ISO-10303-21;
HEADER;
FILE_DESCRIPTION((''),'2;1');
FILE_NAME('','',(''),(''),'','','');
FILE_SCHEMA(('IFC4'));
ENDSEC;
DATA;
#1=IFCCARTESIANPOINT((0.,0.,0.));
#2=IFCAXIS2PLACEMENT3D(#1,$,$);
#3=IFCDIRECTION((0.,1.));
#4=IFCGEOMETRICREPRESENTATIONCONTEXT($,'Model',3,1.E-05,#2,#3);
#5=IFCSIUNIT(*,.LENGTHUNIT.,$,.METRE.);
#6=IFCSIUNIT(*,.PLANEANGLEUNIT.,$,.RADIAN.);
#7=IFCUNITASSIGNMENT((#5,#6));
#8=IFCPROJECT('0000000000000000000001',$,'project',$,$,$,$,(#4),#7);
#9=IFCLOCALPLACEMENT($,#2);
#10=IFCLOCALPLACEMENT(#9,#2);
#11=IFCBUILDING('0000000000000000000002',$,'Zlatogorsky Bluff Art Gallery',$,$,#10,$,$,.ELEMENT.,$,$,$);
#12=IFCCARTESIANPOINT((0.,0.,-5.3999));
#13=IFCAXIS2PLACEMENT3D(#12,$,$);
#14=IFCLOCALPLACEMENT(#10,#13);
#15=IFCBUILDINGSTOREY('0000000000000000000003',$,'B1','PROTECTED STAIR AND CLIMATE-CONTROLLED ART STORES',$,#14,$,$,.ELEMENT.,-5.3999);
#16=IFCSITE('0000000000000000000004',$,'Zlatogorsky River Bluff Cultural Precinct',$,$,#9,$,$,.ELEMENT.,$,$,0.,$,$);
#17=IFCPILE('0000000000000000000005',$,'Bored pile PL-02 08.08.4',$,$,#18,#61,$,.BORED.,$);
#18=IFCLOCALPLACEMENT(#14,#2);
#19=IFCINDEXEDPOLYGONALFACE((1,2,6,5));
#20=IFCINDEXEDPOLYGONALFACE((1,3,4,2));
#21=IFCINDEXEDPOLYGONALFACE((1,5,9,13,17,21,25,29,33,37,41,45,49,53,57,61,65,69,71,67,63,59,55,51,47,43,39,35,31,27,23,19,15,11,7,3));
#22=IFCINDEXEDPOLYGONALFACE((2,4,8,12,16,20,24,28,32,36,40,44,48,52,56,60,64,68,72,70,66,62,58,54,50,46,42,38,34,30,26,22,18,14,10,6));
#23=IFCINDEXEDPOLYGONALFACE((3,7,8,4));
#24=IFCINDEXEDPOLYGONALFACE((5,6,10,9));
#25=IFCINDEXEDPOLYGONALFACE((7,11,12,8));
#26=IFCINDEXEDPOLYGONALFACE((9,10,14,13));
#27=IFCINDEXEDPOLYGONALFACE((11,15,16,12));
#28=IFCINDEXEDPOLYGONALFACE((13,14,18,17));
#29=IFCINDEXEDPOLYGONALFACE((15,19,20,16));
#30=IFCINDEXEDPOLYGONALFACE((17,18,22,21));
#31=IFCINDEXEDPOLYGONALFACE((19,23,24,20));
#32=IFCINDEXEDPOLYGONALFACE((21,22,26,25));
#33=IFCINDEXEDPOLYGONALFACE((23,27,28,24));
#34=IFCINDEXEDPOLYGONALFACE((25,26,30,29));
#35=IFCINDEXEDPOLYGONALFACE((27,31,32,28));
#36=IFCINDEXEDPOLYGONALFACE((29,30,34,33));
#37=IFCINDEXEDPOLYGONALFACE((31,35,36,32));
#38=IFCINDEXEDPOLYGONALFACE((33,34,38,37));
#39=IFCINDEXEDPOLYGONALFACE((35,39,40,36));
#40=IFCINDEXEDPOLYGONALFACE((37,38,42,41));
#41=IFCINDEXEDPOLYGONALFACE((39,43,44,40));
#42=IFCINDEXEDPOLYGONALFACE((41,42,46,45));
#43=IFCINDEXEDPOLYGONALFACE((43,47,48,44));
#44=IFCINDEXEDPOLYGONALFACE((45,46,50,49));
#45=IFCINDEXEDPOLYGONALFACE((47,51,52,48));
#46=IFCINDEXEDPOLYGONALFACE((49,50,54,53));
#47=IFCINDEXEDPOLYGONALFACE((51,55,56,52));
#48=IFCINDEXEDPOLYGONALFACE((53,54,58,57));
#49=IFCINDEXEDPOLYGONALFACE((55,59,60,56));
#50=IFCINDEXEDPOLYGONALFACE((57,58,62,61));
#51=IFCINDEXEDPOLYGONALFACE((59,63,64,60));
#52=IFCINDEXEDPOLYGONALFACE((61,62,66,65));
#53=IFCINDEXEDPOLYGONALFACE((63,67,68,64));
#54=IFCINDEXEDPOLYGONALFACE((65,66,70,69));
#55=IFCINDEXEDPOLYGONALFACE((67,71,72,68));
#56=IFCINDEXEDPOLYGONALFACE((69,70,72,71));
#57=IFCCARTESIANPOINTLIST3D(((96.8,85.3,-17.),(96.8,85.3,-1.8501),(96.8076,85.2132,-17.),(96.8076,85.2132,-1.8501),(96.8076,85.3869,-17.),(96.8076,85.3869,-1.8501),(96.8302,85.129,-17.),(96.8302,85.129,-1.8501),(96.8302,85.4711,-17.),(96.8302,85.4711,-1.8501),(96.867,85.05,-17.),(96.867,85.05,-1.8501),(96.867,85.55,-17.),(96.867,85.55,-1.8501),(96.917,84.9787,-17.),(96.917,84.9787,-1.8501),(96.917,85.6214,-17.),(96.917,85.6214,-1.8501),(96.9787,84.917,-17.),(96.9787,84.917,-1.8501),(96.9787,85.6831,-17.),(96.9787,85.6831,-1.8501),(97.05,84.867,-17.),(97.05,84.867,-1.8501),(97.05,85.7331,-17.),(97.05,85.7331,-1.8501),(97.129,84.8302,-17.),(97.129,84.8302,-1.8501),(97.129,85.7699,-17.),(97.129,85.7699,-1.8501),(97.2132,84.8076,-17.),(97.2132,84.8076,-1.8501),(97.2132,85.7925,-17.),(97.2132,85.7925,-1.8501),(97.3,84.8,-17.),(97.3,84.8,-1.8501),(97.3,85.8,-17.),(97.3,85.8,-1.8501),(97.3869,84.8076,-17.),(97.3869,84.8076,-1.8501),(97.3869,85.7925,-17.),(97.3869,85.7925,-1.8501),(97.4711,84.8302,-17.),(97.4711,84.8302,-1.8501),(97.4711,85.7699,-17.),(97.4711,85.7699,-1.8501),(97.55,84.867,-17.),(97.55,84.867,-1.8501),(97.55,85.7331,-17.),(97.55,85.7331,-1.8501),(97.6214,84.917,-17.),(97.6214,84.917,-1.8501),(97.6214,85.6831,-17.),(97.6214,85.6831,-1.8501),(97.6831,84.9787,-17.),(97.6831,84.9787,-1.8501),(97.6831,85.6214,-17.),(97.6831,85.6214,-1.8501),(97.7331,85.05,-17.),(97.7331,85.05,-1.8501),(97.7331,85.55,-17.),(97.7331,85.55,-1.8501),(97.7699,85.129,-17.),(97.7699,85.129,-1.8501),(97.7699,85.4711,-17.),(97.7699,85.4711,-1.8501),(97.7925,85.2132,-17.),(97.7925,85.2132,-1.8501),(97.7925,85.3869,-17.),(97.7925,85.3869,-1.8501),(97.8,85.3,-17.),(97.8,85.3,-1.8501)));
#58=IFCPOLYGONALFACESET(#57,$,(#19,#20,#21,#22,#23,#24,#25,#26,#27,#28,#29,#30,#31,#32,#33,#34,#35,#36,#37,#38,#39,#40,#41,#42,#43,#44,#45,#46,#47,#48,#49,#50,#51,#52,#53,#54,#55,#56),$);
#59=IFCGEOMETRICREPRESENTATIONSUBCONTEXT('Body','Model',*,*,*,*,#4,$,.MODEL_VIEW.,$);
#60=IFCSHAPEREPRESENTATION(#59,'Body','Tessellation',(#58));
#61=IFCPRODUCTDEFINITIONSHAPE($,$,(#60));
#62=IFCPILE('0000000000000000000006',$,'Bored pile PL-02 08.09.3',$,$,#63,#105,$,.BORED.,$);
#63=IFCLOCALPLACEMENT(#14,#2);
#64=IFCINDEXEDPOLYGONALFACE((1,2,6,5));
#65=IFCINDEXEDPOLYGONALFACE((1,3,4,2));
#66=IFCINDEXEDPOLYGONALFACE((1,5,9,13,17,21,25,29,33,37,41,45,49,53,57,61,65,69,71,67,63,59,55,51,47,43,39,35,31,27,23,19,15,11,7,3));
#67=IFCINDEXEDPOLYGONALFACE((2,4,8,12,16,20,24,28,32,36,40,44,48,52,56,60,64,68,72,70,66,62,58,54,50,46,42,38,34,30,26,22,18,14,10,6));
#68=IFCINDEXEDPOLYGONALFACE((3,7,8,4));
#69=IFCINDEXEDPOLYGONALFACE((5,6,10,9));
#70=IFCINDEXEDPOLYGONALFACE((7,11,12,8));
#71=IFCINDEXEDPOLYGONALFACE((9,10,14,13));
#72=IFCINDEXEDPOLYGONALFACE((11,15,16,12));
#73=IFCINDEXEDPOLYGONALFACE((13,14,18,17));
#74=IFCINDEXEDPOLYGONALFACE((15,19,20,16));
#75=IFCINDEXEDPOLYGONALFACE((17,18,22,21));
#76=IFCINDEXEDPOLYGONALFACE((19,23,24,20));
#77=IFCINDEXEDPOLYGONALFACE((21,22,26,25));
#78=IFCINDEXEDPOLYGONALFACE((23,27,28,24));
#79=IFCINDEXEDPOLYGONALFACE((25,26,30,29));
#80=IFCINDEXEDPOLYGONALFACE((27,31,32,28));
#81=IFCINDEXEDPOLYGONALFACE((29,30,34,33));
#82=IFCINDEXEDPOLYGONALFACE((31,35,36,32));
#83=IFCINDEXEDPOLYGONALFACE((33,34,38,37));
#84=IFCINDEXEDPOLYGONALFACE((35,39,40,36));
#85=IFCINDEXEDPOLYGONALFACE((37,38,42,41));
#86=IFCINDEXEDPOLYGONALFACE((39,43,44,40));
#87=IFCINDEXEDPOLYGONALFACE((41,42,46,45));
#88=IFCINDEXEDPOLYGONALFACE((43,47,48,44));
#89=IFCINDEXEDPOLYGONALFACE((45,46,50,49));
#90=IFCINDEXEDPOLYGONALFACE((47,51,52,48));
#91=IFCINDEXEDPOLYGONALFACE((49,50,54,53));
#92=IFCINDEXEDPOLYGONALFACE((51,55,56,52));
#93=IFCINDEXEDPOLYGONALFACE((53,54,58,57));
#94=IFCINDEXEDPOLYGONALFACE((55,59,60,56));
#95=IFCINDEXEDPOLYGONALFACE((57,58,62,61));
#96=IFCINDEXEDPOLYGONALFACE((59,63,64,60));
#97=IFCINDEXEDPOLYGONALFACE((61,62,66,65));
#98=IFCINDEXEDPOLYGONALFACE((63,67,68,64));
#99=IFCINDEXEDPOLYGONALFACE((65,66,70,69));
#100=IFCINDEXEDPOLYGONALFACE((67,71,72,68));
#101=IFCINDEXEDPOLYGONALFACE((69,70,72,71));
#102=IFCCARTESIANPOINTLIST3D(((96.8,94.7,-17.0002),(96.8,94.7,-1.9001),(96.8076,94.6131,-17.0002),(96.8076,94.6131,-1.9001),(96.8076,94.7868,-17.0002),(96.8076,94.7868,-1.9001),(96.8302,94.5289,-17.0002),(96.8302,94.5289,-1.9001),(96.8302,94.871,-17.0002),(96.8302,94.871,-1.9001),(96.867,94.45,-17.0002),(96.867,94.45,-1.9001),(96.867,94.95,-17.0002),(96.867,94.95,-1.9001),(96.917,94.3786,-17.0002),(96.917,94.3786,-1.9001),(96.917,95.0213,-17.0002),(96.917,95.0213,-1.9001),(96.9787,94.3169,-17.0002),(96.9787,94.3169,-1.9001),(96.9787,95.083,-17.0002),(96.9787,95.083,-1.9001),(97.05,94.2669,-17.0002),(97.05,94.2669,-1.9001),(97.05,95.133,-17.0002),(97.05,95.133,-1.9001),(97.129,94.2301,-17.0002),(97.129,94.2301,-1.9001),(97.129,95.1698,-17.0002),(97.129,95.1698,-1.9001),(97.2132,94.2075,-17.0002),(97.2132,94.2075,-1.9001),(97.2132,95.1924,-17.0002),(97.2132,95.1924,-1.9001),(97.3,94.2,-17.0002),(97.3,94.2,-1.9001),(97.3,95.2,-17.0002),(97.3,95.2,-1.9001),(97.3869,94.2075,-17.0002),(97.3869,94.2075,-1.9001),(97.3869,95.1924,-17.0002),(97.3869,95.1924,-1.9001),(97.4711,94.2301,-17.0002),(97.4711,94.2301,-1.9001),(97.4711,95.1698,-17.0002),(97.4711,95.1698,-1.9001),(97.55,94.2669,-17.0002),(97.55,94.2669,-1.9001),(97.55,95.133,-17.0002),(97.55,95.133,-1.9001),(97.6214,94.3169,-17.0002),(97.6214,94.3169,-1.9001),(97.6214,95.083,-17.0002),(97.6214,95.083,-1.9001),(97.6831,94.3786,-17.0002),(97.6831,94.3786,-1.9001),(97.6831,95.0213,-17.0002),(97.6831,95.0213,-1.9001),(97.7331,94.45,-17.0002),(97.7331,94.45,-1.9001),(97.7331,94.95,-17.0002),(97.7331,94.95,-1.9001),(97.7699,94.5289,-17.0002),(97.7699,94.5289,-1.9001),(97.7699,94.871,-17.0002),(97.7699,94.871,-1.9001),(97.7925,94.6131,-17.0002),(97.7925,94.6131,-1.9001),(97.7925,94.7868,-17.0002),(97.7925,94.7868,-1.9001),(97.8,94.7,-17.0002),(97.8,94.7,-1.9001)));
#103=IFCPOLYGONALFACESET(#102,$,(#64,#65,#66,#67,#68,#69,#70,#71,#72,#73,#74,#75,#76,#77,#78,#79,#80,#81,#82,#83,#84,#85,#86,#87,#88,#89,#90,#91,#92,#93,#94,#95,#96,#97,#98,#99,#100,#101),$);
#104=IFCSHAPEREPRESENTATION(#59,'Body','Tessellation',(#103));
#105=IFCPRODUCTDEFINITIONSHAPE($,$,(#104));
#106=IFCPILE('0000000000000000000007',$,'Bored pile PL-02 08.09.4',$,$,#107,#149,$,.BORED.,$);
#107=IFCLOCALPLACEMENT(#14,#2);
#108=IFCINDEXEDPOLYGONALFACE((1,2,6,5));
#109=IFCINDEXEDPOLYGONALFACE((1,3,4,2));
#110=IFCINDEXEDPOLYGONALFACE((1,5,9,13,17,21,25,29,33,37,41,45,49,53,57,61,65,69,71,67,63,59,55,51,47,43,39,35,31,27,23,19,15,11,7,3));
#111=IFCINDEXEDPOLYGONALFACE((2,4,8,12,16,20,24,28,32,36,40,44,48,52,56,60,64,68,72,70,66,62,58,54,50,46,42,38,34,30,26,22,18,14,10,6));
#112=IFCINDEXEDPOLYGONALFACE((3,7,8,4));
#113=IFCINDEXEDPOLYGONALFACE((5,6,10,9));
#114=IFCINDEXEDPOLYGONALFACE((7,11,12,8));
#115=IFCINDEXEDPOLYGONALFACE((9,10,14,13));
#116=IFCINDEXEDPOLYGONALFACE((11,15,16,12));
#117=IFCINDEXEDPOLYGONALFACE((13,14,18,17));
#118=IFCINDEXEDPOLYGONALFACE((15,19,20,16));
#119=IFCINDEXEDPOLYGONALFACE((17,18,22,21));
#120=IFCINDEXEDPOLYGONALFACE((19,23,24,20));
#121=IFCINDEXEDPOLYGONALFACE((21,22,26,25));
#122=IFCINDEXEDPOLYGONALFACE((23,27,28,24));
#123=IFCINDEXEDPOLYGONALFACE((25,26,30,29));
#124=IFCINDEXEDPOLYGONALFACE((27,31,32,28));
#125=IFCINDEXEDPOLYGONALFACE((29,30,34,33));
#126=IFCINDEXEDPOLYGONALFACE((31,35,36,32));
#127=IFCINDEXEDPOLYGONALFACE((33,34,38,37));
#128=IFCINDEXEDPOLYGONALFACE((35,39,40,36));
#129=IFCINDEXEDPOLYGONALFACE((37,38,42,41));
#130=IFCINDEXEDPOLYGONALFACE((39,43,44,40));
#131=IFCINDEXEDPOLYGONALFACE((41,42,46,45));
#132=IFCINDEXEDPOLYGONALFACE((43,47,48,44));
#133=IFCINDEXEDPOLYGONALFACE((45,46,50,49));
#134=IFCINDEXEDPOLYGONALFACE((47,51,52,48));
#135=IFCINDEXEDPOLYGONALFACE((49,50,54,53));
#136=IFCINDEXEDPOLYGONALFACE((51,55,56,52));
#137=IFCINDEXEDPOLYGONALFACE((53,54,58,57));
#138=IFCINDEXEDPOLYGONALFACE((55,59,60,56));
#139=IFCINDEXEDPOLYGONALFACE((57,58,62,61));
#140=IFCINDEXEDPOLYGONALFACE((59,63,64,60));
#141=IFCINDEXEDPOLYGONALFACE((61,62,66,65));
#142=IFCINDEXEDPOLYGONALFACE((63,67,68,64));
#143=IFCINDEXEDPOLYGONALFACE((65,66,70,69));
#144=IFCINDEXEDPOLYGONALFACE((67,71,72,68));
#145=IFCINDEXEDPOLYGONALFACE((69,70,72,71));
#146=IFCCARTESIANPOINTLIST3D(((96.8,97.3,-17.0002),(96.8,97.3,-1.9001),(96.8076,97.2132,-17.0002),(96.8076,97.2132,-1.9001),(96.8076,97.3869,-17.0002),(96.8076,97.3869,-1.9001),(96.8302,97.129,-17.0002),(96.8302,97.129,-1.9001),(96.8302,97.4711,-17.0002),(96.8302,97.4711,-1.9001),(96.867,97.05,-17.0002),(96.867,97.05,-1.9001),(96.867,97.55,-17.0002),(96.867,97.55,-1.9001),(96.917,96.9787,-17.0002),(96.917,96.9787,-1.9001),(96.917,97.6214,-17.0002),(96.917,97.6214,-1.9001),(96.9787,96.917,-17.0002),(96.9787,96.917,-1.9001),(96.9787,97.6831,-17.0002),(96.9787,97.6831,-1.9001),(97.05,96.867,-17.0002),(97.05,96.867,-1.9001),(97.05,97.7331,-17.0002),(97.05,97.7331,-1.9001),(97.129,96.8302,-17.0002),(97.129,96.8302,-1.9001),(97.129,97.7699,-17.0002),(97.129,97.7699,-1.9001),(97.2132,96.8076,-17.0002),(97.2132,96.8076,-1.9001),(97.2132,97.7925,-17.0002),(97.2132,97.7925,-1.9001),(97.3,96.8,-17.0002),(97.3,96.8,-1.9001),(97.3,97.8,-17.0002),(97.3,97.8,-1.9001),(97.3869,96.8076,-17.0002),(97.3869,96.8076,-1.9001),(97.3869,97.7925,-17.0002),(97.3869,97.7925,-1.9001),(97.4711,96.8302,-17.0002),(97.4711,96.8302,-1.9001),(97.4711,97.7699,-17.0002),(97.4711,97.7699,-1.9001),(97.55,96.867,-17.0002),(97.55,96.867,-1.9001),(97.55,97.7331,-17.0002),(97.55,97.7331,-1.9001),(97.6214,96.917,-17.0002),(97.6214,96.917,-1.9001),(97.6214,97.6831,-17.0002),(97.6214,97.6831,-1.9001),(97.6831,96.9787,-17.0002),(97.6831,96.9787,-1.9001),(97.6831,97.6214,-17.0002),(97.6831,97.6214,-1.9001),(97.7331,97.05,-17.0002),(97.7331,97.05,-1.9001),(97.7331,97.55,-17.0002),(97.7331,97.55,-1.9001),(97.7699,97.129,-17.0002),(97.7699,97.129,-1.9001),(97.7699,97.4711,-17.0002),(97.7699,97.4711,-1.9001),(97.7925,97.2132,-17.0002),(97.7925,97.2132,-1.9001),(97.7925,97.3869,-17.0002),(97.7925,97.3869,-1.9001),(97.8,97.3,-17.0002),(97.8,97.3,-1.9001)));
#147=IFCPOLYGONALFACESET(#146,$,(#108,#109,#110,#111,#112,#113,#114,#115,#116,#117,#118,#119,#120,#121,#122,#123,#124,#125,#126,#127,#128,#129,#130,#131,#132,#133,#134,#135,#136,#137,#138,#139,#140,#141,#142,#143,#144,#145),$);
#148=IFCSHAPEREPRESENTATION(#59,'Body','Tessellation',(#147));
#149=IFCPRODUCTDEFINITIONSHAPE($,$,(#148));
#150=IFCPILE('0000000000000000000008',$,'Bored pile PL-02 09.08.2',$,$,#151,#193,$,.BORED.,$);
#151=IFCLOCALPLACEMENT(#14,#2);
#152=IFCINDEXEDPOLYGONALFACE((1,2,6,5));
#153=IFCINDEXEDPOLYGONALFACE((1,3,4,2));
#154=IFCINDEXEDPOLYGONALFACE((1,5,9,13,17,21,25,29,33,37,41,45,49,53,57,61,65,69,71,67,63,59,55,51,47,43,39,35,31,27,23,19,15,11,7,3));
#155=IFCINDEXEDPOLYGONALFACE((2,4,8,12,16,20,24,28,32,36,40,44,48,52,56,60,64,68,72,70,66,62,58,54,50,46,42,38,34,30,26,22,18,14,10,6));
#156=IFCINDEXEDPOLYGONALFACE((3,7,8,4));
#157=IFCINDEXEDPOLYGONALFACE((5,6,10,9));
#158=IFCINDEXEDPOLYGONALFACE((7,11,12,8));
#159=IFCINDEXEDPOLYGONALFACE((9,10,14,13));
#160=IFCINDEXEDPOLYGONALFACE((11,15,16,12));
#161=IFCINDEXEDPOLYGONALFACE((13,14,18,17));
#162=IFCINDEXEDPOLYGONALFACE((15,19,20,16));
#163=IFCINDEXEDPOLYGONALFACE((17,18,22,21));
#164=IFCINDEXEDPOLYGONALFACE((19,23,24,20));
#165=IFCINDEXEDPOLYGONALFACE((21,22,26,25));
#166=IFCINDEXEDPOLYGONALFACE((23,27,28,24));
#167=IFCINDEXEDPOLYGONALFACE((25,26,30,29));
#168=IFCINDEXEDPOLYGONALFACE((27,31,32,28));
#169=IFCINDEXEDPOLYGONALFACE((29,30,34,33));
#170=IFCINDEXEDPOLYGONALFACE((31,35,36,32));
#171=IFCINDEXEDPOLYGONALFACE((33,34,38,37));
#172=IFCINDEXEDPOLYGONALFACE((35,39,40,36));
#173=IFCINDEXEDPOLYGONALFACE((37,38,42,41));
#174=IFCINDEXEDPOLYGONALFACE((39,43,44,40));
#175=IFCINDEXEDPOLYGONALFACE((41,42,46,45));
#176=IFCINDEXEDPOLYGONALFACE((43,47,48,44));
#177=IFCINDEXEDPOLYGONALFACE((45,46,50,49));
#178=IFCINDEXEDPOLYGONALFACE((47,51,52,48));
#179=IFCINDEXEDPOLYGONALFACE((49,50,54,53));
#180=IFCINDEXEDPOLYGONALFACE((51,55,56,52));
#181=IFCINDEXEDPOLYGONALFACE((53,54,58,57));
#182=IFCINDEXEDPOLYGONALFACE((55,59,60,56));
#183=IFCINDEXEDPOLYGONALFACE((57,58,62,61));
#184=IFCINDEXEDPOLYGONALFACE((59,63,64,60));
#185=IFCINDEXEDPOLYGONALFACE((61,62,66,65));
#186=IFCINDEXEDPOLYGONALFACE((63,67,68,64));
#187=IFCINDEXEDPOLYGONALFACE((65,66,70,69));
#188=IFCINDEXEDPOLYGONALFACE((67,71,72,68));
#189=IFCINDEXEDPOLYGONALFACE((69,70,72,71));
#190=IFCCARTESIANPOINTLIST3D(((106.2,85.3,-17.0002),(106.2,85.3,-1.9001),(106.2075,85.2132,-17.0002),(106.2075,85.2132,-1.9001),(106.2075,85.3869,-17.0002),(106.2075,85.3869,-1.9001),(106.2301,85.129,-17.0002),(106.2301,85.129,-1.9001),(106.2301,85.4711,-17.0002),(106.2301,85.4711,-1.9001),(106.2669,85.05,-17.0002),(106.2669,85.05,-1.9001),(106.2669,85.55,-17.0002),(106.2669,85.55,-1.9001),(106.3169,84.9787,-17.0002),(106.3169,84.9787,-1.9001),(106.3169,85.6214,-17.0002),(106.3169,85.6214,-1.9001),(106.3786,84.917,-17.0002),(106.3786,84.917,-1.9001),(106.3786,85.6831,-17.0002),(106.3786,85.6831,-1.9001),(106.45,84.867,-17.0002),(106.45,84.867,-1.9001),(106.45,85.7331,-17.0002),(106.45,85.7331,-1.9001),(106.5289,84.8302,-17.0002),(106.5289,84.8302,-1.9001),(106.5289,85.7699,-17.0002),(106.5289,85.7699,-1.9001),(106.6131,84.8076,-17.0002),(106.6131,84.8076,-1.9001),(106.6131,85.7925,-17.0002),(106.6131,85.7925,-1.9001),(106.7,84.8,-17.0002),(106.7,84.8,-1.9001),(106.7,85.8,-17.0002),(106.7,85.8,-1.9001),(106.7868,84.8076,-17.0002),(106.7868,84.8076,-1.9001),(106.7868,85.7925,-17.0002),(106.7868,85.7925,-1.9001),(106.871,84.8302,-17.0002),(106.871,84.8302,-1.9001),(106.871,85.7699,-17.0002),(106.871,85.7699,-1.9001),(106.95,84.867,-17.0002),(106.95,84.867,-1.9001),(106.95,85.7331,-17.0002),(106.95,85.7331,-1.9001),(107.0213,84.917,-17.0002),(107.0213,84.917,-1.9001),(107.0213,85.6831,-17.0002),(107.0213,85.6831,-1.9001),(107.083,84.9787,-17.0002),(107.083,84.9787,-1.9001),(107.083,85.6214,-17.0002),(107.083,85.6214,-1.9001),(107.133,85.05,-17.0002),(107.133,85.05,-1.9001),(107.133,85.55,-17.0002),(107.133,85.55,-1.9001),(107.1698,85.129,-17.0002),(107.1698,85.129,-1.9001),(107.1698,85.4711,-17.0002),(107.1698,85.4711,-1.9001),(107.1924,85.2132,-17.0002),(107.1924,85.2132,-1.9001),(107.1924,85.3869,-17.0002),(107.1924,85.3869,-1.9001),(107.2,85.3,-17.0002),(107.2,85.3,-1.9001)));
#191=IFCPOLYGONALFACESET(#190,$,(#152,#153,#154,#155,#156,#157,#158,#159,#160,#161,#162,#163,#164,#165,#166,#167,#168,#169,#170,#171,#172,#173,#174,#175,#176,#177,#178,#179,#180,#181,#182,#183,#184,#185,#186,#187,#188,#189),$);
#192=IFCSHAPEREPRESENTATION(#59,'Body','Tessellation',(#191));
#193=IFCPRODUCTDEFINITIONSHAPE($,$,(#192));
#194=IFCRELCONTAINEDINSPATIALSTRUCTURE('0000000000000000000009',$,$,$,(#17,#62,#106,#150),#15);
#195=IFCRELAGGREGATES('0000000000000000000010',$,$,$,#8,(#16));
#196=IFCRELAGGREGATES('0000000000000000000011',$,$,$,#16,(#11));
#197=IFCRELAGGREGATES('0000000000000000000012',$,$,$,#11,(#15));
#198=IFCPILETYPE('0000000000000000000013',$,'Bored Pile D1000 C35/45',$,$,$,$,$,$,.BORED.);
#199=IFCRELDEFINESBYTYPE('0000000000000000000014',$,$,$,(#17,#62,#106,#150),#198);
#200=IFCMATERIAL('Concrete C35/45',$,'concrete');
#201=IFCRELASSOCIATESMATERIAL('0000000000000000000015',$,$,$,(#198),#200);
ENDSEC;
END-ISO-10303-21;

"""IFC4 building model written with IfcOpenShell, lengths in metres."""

from ifc_helpers import new_model, si_unit, direction, frame, origin, origin_2d, place, context, subcontext, project, spatial, circle, extrude, material, material_profile, profile_set, type_object, element, save


model = new_model("IFC4")

# Units and contexts
model_context = context("Model", 3, precision=1e-05, world=origin(), true_north=direction((0.0, 1.0)))
body_context = subcontext(model_context, "Body", "Model", "MODEL_VIEW")
ifc_project = project(units=[si_unit("LENGTHUNIT", "METRE"), si_unit("PLANEANGLEUNIT", "RADIAN")], contexts=[model_context])

# Site, building, storey
site_placement = place(None, origin())
site = spatial("IfcSite", under=ifc_project, at=site_placement, Name="Zlatogorsky River Bluff Cultural Precinct", CompositionType="ELEMENT", RefElevation=0.0)
building_placement = place(site_placement, origin())
building = spatial("IfcBuilding", under=site, at=building_placement, Name="Zlatogorsky Bluff Art Gallery", CompositionType="ELEMENT")
storey_placement = place(building_placement, frame((0.0, 0.0, -5.3999)))
storey = spatial("IfcBuildingStorey", under=building, at=storey_placement, Name="B1", Description="PROTECTED STAIR AND CLIMATE-CONTROLLED ART STORES", CompositionType="ELEMENT", Elevation=-5.3999)

# Piles
ifc_material_1 = material(Name="Concrete C35/45", Category="concrete")
ifc_material_profile_1 = material_profile(ifc_material_1, circle(Radius=0.5, at=origin_2d()), Name="BORED PILE D1000")
ifc_profile_set_1 = profile_set([ifc_material_profile_1], Name="Concrete C35/45")
pile_type = type_object("IfcPileType", Name="Bored Pile D1000 C35/45", PredefinedType="BORED", material=ifc_profile_set_1)
pile_1_placement = place(storey_placement, frame((97.3, 85.3, -1.8501), z_axis=(0.0, 0.0, -1.0), x_axis=(1.0, 0.0, 0.0)))
element("IfcPile", 1, at=pile_1_placement, inside=storey, type_object=pile_type, Name="Bored pile PL-02 08.08.4", PredefinedType="BORED", context=body_context, shape_type="SweptSolid", body=[
    extrude(circle(Radius=0.5, at=origin_2d()), origin(), (0.0, 0.0, 1.0), 15.1499),
])
for number, where, z_axis, x_axis, name in (
    (2, (97.3, 94.7, -1.9001), (0.0, 0.0, -1.0), (1.0, 0.0, 0.0), "Bored pile PL-02 08.09.3"),
    (3, (97.3, 97.3, -1.9001), (0.0, 0.0, -1.0), (1.0, 0.0, 0.0), "Bored pile PL-02 08.09.4"),
    (4, (106.7, 85.3, -1.9001), (0.0, 0.0, -1.0), (1.0, 0.0, 0.0), "Bored pile PL-02 09.08.2"),
):
    element("IfcPile", number, at=place(storey_placement, frame(where, z_axis=z_axis, x_axis=x_axis)), inside=storey, type_object=pile_type, Name=name, PredefinedType="BORED", context=body_context, shape_type="SweptSolid", body=[
        extrude(circle(Radius=0.5, at=origin_2d()), origin(), (0.0, 0.0, 1.0), 15.1001),
    ])

save(model, "model.ifc")
